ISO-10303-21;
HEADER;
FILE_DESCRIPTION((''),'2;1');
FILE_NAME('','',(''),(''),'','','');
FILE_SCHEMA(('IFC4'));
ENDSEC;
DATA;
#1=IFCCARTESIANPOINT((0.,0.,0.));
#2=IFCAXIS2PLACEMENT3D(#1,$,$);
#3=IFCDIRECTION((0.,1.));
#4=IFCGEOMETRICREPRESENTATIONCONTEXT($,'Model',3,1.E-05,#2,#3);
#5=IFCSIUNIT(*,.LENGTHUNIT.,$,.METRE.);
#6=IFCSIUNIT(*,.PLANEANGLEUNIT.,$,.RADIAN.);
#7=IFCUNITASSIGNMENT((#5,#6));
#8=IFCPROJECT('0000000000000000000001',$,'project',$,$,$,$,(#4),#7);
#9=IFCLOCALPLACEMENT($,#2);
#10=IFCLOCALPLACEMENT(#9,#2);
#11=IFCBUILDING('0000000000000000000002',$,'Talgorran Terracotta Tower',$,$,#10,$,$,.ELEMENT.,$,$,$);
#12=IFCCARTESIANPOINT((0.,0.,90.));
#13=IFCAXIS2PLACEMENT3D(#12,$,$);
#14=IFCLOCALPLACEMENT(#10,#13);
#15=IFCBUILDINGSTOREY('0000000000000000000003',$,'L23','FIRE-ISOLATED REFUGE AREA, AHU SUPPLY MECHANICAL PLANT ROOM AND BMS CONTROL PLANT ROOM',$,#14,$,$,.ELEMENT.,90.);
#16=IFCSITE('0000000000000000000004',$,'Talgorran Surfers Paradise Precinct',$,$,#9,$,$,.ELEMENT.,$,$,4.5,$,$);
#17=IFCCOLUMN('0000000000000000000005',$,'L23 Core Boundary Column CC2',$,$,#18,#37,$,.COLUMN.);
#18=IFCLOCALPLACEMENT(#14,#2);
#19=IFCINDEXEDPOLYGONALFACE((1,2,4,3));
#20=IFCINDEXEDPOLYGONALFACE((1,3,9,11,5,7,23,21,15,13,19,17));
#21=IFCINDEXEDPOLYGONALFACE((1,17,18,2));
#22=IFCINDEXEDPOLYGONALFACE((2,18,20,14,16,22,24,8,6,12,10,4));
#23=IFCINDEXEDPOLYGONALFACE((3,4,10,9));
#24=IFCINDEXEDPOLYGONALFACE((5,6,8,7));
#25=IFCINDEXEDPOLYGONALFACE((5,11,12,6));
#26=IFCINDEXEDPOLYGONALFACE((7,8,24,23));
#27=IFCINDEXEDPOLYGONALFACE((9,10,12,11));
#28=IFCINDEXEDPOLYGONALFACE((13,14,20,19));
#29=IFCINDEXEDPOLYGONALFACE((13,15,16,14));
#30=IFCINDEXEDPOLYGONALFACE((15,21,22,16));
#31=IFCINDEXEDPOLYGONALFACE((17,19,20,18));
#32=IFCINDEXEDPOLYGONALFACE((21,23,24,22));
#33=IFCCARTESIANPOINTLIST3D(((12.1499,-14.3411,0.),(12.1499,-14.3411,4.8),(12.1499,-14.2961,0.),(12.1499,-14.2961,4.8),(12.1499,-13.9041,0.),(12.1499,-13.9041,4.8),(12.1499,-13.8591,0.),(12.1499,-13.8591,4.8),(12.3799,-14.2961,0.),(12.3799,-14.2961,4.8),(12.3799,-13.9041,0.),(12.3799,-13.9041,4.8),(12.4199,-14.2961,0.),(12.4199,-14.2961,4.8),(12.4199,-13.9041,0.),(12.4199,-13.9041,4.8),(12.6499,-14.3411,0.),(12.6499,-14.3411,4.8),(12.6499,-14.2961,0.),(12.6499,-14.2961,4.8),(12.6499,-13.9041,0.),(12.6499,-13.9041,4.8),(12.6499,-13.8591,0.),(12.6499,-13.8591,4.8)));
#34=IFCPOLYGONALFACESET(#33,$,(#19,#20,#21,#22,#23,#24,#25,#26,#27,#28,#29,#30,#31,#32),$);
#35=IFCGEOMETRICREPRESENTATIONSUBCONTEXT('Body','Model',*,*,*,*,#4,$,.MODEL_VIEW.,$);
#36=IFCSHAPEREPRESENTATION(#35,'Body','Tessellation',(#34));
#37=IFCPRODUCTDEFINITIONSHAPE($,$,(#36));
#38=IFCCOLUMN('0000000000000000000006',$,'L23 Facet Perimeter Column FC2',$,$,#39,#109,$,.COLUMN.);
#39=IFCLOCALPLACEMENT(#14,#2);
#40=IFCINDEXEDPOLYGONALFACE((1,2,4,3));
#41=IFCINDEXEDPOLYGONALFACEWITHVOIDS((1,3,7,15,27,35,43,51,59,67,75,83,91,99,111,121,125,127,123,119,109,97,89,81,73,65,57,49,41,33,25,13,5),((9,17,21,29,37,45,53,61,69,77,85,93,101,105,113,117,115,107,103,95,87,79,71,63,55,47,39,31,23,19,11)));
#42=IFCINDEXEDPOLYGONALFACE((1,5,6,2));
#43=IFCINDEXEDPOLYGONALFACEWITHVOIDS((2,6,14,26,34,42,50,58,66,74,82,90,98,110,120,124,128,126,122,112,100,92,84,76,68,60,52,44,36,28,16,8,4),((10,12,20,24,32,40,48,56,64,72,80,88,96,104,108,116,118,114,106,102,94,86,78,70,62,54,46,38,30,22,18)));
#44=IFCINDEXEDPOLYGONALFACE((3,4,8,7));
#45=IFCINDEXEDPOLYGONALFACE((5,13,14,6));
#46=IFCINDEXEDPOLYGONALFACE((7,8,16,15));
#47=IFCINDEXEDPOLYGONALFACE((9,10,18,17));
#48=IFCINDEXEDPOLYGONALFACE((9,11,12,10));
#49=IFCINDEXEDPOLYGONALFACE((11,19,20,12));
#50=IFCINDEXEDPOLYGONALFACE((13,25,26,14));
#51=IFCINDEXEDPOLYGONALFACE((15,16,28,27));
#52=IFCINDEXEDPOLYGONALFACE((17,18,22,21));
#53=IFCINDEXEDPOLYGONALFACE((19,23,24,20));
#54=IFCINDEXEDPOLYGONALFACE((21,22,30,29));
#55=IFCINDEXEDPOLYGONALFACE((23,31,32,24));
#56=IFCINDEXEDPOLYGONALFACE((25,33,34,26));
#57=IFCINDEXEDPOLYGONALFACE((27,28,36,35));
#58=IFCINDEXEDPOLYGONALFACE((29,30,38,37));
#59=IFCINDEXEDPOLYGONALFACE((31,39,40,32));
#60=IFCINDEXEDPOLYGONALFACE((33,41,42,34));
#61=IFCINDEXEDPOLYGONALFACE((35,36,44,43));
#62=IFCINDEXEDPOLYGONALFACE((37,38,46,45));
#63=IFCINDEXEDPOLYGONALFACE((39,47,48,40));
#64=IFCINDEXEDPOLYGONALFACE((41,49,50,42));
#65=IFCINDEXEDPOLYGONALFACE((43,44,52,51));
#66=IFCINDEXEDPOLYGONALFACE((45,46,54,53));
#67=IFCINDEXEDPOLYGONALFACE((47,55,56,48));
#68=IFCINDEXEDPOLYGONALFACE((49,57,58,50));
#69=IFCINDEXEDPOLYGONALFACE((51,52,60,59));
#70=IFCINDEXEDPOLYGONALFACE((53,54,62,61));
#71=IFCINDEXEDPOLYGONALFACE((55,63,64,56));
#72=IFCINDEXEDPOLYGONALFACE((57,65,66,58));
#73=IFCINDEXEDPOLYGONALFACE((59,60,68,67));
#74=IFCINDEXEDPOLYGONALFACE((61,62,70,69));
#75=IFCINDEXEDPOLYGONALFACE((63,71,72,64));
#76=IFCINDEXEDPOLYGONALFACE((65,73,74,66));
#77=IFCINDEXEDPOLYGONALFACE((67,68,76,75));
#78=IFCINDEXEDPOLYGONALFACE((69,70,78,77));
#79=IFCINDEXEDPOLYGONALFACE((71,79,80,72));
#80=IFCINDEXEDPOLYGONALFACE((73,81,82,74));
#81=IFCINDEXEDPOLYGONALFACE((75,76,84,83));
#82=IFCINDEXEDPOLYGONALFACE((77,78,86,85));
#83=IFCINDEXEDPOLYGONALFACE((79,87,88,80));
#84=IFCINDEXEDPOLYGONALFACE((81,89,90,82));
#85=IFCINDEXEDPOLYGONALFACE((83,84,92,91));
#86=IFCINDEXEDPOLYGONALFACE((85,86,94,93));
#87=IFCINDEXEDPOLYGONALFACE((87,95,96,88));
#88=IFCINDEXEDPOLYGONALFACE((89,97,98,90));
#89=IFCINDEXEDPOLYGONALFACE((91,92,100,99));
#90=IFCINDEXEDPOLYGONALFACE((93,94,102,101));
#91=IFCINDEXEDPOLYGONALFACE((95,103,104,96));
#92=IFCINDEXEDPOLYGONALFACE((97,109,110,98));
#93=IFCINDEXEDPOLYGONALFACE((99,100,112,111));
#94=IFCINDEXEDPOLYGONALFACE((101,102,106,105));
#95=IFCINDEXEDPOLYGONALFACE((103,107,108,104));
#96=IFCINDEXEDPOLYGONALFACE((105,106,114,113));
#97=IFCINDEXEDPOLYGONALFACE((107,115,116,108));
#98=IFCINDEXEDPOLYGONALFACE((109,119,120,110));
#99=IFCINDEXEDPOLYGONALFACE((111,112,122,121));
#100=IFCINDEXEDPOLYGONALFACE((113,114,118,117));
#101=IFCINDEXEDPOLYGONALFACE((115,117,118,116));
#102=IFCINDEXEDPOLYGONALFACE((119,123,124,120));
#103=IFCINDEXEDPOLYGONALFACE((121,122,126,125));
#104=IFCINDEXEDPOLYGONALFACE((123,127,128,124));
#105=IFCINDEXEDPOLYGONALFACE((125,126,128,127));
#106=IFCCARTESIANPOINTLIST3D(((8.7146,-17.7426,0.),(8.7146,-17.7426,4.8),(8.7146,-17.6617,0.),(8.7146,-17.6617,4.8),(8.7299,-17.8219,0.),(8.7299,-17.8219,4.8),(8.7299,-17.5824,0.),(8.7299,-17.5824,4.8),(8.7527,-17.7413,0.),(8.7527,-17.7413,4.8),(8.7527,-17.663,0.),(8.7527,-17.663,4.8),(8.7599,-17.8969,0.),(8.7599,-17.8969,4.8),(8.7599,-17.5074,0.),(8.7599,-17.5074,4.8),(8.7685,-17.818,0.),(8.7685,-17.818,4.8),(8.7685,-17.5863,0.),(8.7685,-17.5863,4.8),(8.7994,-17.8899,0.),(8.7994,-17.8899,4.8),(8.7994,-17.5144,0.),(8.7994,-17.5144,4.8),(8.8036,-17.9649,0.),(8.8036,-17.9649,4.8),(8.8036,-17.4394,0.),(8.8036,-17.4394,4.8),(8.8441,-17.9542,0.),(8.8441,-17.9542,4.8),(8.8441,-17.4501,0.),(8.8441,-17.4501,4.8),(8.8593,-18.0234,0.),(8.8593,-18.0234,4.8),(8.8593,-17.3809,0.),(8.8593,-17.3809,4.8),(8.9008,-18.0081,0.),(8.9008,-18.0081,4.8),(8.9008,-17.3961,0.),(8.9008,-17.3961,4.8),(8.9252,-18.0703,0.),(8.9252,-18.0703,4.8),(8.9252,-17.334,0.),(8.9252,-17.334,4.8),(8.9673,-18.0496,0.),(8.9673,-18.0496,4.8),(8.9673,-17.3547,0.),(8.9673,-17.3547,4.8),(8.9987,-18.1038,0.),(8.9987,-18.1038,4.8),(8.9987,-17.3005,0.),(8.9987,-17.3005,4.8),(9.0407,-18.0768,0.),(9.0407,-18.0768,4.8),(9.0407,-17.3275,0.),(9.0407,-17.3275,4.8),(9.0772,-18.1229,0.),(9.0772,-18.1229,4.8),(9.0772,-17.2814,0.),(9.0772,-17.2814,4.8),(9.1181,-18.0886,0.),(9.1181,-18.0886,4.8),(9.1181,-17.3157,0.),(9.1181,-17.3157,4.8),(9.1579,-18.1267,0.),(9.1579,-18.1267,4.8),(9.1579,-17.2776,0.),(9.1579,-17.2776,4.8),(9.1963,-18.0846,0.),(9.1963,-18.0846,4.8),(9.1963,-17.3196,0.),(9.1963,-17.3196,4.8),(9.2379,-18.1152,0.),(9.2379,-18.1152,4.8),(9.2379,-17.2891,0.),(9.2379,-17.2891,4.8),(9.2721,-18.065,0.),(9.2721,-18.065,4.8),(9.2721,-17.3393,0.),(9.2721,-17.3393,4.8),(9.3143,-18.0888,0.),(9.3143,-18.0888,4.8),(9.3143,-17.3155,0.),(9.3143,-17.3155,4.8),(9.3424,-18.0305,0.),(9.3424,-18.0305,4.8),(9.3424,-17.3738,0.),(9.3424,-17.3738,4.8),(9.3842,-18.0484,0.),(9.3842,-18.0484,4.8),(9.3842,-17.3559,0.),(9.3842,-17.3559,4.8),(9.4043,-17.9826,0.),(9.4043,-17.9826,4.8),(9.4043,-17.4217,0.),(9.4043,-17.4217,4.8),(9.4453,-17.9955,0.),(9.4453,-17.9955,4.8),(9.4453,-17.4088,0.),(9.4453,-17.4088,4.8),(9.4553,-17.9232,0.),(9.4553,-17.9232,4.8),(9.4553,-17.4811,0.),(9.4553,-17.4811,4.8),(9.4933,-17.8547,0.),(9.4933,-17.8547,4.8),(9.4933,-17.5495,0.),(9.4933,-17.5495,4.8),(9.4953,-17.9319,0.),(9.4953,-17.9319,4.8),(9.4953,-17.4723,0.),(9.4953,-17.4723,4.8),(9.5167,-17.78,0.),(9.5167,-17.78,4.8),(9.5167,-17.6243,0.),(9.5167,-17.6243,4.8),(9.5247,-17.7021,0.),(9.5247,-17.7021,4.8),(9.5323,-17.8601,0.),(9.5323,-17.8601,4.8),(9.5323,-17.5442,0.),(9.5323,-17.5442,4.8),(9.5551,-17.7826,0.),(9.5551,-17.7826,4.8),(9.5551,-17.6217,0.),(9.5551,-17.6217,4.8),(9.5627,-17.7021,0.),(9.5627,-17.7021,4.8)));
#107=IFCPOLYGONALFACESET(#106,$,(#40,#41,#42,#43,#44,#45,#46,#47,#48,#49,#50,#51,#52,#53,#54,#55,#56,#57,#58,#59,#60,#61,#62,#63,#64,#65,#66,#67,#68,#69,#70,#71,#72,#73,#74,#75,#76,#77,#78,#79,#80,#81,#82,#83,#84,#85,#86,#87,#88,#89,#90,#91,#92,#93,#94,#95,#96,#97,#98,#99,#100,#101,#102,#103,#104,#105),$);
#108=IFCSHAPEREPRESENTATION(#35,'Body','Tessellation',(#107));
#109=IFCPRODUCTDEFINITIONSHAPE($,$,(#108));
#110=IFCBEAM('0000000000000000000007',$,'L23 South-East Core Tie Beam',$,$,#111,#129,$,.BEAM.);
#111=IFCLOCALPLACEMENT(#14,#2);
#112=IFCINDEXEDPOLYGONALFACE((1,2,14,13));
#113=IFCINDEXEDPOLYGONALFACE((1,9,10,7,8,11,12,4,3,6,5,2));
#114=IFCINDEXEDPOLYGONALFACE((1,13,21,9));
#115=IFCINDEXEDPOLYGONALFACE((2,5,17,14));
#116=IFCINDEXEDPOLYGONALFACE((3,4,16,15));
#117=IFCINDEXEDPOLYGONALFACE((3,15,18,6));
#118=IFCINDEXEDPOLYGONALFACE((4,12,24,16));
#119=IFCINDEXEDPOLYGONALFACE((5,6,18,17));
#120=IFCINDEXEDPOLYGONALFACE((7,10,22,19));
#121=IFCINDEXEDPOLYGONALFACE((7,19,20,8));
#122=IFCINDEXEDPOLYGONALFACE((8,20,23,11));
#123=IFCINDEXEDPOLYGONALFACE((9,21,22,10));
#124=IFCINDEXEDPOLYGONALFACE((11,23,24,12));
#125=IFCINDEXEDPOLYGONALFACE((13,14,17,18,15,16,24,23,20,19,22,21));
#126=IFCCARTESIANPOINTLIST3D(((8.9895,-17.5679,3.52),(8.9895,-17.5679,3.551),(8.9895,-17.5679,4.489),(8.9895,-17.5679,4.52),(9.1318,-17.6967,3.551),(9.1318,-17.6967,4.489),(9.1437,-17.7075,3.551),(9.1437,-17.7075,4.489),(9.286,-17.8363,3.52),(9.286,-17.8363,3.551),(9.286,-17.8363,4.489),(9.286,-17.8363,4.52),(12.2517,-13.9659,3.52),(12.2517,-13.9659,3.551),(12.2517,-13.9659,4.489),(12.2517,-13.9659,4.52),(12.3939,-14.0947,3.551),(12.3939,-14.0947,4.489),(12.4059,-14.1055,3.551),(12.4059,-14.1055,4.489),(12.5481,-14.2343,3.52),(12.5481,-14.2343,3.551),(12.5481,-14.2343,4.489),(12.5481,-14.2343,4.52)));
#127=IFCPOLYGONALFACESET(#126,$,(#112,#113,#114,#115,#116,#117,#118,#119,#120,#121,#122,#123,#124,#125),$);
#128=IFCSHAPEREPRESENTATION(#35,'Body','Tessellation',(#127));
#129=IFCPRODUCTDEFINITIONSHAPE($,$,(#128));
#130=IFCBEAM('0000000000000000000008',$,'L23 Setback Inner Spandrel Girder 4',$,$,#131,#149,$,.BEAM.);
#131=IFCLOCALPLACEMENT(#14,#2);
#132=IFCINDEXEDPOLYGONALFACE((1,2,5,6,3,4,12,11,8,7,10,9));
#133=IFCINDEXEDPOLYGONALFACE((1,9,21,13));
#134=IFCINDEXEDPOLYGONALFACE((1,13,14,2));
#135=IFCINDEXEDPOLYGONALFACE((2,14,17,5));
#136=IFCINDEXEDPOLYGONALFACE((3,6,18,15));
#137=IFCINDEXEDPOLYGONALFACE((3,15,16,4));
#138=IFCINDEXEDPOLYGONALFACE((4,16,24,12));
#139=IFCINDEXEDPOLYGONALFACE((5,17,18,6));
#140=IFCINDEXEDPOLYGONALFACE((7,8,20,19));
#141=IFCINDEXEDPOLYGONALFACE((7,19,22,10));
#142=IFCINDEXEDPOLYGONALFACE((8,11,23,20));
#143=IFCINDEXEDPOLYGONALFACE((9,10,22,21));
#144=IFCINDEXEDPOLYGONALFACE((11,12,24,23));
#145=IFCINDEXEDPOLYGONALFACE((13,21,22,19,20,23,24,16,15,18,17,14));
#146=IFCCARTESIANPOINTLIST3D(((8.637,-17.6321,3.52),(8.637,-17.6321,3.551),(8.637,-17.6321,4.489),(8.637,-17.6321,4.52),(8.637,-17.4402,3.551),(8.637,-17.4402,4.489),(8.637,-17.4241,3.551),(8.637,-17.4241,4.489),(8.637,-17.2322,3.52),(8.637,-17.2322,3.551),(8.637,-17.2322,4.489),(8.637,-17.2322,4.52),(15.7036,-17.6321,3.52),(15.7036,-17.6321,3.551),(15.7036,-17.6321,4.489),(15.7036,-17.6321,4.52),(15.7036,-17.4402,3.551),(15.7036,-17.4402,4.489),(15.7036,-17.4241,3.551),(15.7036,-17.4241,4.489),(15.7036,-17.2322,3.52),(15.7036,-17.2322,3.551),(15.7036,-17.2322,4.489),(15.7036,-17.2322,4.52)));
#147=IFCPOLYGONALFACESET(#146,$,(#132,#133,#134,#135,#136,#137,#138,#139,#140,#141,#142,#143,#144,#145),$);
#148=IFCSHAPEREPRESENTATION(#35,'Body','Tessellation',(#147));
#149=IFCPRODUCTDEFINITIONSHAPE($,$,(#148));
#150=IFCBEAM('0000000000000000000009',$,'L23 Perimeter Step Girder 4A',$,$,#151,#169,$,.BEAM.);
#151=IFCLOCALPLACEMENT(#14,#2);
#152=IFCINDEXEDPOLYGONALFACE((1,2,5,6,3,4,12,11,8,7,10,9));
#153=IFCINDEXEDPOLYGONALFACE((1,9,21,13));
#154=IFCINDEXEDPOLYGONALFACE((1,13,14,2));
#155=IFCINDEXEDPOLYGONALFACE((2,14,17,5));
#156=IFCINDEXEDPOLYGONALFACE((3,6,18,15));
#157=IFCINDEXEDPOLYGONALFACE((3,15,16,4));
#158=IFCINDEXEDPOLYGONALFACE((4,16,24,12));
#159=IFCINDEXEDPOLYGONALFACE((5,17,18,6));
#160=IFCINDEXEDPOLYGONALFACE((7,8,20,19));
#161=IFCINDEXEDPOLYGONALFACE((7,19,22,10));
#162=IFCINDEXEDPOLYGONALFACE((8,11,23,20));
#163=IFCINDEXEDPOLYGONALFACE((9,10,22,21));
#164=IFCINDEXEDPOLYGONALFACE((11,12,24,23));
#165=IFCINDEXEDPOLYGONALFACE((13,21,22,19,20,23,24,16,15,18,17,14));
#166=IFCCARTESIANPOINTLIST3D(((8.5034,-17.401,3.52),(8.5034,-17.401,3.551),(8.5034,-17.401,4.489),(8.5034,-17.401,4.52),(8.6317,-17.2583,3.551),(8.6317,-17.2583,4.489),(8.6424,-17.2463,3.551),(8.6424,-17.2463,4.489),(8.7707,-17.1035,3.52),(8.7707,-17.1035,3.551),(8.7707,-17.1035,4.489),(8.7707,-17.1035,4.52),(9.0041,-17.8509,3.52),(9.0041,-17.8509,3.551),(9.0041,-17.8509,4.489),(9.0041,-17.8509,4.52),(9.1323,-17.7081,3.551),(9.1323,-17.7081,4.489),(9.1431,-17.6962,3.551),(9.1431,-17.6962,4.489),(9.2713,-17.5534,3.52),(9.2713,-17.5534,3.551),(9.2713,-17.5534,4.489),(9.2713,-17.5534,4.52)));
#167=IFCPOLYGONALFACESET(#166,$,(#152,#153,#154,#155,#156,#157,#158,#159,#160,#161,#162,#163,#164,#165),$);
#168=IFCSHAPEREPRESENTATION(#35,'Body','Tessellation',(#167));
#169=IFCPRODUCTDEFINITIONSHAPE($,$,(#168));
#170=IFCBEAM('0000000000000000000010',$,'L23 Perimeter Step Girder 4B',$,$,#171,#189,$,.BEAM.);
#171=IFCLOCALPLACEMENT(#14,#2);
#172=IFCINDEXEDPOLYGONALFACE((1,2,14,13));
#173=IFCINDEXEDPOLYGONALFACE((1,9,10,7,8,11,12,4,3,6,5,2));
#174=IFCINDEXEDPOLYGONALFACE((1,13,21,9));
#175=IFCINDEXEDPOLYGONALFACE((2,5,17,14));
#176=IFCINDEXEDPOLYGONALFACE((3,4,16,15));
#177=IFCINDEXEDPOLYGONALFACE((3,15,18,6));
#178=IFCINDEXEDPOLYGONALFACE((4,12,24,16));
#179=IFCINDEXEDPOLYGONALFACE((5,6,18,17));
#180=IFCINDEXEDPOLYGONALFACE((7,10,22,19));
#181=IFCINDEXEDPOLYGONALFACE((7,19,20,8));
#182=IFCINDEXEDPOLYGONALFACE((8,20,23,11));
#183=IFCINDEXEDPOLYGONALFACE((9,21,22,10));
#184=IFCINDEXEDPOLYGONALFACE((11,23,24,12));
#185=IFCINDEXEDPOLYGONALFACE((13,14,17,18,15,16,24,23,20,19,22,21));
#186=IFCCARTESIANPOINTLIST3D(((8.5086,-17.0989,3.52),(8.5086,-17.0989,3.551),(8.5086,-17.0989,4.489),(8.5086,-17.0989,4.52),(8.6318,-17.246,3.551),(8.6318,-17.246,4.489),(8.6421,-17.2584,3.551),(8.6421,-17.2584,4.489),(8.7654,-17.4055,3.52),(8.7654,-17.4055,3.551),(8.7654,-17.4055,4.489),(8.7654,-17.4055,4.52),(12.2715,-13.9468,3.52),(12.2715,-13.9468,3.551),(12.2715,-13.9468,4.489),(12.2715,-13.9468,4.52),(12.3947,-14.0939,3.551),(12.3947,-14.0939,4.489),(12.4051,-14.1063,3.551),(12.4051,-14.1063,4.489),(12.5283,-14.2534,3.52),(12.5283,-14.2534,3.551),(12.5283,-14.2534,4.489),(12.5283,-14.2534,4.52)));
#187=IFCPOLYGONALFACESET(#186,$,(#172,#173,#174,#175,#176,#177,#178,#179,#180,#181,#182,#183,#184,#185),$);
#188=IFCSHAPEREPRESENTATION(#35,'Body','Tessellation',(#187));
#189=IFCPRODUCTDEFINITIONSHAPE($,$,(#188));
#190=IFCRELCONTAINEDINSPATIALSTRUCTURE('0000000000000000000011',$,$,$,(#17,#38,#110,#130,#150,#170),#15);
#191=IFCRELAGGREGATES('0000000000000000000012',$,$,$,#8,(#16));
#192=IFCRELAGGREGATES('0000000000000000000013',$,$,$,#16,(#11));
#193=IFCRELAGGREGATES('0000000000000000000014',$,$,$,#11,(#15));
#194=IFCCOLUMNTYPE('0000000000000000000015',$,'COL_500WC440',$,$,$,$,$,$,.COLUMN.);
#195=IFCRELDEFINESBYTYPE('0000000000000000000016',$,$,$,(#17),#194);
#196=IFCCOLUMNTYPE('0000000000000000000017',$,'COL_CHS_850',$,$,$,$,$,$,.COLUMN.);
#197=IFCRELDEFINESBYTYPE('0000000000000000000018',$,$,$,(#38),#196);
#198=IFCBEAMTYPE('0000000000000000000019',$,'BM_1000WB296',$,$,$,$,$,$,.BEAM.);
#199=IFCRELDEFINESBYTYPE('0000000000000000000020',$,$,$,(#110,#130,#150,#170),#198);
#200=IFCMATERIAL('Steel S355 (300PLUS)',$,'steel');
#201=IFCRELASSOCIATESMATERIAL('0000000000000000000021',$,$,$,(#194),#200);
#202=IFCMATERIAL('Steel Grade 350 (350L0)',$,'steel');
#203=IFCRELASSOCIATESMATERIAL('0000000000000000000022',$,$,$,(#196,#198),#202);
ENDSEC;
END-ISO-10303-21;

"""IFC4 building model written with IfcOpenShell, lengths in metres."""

from ifc_helpers import new_model, si_unit, direction, frame, origin, origin_2d, place, context, subcontext, project, spatial, hollow_circle, i_section, extrude, material, material_profile, profile_set, type_object, element, save


model = new_model("IFC4")

# Units and contexts
model_context = context("Model", 3, precision=1e-05, world=origin(), true_north=direction((0.0, 1.0)))
body_context = subcontext(model_context, "Body", "Model", "MODEL_VIEW")
ifc_project = project(units=[si_unit("LENGTHUNIT", "METRE"), si_unit("PLANEANGLEUNIT", "RADIAN")], contexts=[model_context])

# Site, building, storey
site_placement = place(None, origin())
site = spatial("IfcSite", under=ifc_project, at=site_placement, Name="Talgorran Surfers Paradise Precinct", CompositionType="ELEMENT", RefElevation=4.5)
building_placement = place(site_placement, origin())
building = spatial("IfcBuilding", under=site, at=building_placement, Name="Talgorran Terracotta Tower", CompositionType="ELEMENT")
storey_placement = place(building_placement, frame((0.0, 0.0, 90.0)))
storey = spatial("IfcBuildingStorey", under=building, at=storey_placement, Name="L23", Description="FIRE-ISOLATED REFUGE AREA, AHU SUPPLY MECHANICAL PLANT ROOM AND BMS CONTROL PLANT ROOM", CompositionType="ELEMENT", Elevation=90.0)

# Columns
ifc_material_1 = material(Name="Steel S355 (300PLUS)", Category="steel")
ifc_material_profile_1 = material_profile(ifc_material_1, i_section(OverallWidth=0.5, OverallDepth=0.4819, WebThickness=0.04, FlangeThickness=0.0449, at=origin_2d()), Name="500WC440")
ifc_profile_set_1 = profile_set([ifc_material_profile_1], Name="Steel S355 (300PLUS)")
column_type_1 = type_object("IfcColumnType", Name="COL_500WC440", PredefinedType="COLUMN", material=ifc_profile_set_1)
column_1_placement = place(storey_placement, frame((12.3999, -14.1001, 0.0), z_axis=(0.0, 0.0, 1.0), x_axis=(1.0, 0.0, 0.0)))
element("IfcColumn", 1, at=column_1_placement, inside=storey, type_object=column_type_1, Name="L23 Core Boundary Column CC2", PredefinedType="COLUMN", context=body_context, shape_type="SweptSolid", body=[
    extrude(i_section(OverallWidth=0.5, OverallDepth=0.4819, WebThickness=0.04, FlangeThickness=0.0449, at=origin_2d()), origin(), (0.0, 0.0, 1.0), 4.8),
])
ifc_material_2 = material(Name="Steel Grade 350 (350L0)", Category="steel")
ifc_material_profile_2 = material_profile(ifc_material_2, hollow_circle(Radius=0.425, WallThickness=0.0381, at=origin_2d()), Name="CHS850X38")
ifc_profile_set_2 = profile_set([ifc_material_profile_2], Name="Steel Grade 350 (350L0)")
column_type_2 = type_object("IfcColumnType", Name="COL_CHS_850", PredefinedType="COLUMN", material=ifc_profile_set_2)
column_2_placement = place(storey_placement, frame((9.1377, -17.7021, 0.0), z_axis=(0.0, 0.0, 1.0), x_axis=(1.0, 0.0, 0.0)))
element("IfcColumn", 2, at=column_2_placement, inside=storey, type_object=column_type_2, Name="L23 Facet Perimeter Column FC2", PredefinedType="COLUMN", context=body_context, shape_type="SweptSolid", body=[
    extrude(hollow_circle(Radius=0.425, WallThickness=0.0381, at=origin_2d()), origin(), (0.0, 0.0, 1.0), 4.8),
])

# Beams
ifc_material_profile_3 = material_profile(ifc_material_2, i_section(OverallWidth=0.3999, OverallDepth=1.0, WebThickness=0.0161, FlangeThickness=0.031, at=origin_2d()), Name="1000WB296")
ifc_profile_set_3 = profile_set([ifc_material_profile_3], Name="Steel Grade 350 (350L0)")
beam_type_1 = type_object("IfcBeamType", Name="BM_1000WB296", PredefinedType="BEAM", material=ifc_profile_set_3)
beam_1_placement = place(storey_placement, frame((12.3999, -14.1001, 4.02), z_axis=(-0.671276, -0.741207, 0.0), x_axis=(0.741207, -0.671276, 0.0)))
element("IfcBeam", 3, at=beam_1_placement, inside=storey, type_object=beam_type_1, Name="L23 South-East Core Tie Beam", PredefinedType="BEAM", context=body_context, shape_type="SweptSolid", body=[
    extrude(i_section(OverallWidth=0.3999, OverallDepth=1.0, WebThickness=0.0161, FlangeThickness=0.031, at=origin_2d()), origin(), (0.0, 0.0, 1.0), 4.8596),
])
beam_2_placement = place(storey_placement, frame((8.637, -17.4321, 4.02), z_axis=(1.0, 0.0, 0.0), x_axis=(0.0, 1.0, 0.0)))
element("IfcBeam", 4, at=beam_2_placement, inside=storey, type_object=beam_type_1, Name="L23 Setback Inner Spandrel Girder 4", PredefinedType="BEAM", context=body_context, shape_type="SweptSolid", body=[
    extrude(i_section(OverallWidth=0.3999, OverallDepth=1.0, WebThickness=0.0161, FlangeThickness=0.031, at=origin_2d()), origin(), (0.0, 0.0, 1.0), 7.0667),
])
beam_3_placement = place(storey_placement, frame((9.1377, -17.7021, 4.02), z_axis=(-0.743817, 0.668383, 0.0), x_axis=(-0.668383, -0.743817, 0.0)))
element("IfcBeam", 5, at=beam_3_placement, inside=storey, type_object=beam_type_1, Name="L23 Perimeter Step Girder 4A", PredefinedType="BEAM", context=body_context, shape_type="SweptSolid", body=[
    extrude(i_section(OverallWidth=0.3999, OverallDepth=1.0, WebThickness=0.0161, FlangeThickness=0.031, at=origin_2d()), origin(), (0.0, 0.0, 1.0), 0.6731),
])
beam_4_placement = place(storey_placement, frame((8.637, -17.2522, 4.02), z_axis=(0.766584, 0.642144, 0.0), x_axis=(-0.642144, 0.766584, 0.0)))
element("IfcBeam", 6, at=beam_4_placement, inside=storey, type_object=beam_type_1, Name="L23 Perimeter Step Girder 4B", PredefinedType="BEAM", context=body_context, shape_type="SweptSolid", body=[
    extrude(i_section(OverallWidth=0.3999, OverallDepth=1.0, WebThickness=0.0161, FlangeThickness=0.031, at=origin_2d()), origin(), (0.0, 0.0, 1.0), 4.9087),
])

save(model, "model.ifc")
